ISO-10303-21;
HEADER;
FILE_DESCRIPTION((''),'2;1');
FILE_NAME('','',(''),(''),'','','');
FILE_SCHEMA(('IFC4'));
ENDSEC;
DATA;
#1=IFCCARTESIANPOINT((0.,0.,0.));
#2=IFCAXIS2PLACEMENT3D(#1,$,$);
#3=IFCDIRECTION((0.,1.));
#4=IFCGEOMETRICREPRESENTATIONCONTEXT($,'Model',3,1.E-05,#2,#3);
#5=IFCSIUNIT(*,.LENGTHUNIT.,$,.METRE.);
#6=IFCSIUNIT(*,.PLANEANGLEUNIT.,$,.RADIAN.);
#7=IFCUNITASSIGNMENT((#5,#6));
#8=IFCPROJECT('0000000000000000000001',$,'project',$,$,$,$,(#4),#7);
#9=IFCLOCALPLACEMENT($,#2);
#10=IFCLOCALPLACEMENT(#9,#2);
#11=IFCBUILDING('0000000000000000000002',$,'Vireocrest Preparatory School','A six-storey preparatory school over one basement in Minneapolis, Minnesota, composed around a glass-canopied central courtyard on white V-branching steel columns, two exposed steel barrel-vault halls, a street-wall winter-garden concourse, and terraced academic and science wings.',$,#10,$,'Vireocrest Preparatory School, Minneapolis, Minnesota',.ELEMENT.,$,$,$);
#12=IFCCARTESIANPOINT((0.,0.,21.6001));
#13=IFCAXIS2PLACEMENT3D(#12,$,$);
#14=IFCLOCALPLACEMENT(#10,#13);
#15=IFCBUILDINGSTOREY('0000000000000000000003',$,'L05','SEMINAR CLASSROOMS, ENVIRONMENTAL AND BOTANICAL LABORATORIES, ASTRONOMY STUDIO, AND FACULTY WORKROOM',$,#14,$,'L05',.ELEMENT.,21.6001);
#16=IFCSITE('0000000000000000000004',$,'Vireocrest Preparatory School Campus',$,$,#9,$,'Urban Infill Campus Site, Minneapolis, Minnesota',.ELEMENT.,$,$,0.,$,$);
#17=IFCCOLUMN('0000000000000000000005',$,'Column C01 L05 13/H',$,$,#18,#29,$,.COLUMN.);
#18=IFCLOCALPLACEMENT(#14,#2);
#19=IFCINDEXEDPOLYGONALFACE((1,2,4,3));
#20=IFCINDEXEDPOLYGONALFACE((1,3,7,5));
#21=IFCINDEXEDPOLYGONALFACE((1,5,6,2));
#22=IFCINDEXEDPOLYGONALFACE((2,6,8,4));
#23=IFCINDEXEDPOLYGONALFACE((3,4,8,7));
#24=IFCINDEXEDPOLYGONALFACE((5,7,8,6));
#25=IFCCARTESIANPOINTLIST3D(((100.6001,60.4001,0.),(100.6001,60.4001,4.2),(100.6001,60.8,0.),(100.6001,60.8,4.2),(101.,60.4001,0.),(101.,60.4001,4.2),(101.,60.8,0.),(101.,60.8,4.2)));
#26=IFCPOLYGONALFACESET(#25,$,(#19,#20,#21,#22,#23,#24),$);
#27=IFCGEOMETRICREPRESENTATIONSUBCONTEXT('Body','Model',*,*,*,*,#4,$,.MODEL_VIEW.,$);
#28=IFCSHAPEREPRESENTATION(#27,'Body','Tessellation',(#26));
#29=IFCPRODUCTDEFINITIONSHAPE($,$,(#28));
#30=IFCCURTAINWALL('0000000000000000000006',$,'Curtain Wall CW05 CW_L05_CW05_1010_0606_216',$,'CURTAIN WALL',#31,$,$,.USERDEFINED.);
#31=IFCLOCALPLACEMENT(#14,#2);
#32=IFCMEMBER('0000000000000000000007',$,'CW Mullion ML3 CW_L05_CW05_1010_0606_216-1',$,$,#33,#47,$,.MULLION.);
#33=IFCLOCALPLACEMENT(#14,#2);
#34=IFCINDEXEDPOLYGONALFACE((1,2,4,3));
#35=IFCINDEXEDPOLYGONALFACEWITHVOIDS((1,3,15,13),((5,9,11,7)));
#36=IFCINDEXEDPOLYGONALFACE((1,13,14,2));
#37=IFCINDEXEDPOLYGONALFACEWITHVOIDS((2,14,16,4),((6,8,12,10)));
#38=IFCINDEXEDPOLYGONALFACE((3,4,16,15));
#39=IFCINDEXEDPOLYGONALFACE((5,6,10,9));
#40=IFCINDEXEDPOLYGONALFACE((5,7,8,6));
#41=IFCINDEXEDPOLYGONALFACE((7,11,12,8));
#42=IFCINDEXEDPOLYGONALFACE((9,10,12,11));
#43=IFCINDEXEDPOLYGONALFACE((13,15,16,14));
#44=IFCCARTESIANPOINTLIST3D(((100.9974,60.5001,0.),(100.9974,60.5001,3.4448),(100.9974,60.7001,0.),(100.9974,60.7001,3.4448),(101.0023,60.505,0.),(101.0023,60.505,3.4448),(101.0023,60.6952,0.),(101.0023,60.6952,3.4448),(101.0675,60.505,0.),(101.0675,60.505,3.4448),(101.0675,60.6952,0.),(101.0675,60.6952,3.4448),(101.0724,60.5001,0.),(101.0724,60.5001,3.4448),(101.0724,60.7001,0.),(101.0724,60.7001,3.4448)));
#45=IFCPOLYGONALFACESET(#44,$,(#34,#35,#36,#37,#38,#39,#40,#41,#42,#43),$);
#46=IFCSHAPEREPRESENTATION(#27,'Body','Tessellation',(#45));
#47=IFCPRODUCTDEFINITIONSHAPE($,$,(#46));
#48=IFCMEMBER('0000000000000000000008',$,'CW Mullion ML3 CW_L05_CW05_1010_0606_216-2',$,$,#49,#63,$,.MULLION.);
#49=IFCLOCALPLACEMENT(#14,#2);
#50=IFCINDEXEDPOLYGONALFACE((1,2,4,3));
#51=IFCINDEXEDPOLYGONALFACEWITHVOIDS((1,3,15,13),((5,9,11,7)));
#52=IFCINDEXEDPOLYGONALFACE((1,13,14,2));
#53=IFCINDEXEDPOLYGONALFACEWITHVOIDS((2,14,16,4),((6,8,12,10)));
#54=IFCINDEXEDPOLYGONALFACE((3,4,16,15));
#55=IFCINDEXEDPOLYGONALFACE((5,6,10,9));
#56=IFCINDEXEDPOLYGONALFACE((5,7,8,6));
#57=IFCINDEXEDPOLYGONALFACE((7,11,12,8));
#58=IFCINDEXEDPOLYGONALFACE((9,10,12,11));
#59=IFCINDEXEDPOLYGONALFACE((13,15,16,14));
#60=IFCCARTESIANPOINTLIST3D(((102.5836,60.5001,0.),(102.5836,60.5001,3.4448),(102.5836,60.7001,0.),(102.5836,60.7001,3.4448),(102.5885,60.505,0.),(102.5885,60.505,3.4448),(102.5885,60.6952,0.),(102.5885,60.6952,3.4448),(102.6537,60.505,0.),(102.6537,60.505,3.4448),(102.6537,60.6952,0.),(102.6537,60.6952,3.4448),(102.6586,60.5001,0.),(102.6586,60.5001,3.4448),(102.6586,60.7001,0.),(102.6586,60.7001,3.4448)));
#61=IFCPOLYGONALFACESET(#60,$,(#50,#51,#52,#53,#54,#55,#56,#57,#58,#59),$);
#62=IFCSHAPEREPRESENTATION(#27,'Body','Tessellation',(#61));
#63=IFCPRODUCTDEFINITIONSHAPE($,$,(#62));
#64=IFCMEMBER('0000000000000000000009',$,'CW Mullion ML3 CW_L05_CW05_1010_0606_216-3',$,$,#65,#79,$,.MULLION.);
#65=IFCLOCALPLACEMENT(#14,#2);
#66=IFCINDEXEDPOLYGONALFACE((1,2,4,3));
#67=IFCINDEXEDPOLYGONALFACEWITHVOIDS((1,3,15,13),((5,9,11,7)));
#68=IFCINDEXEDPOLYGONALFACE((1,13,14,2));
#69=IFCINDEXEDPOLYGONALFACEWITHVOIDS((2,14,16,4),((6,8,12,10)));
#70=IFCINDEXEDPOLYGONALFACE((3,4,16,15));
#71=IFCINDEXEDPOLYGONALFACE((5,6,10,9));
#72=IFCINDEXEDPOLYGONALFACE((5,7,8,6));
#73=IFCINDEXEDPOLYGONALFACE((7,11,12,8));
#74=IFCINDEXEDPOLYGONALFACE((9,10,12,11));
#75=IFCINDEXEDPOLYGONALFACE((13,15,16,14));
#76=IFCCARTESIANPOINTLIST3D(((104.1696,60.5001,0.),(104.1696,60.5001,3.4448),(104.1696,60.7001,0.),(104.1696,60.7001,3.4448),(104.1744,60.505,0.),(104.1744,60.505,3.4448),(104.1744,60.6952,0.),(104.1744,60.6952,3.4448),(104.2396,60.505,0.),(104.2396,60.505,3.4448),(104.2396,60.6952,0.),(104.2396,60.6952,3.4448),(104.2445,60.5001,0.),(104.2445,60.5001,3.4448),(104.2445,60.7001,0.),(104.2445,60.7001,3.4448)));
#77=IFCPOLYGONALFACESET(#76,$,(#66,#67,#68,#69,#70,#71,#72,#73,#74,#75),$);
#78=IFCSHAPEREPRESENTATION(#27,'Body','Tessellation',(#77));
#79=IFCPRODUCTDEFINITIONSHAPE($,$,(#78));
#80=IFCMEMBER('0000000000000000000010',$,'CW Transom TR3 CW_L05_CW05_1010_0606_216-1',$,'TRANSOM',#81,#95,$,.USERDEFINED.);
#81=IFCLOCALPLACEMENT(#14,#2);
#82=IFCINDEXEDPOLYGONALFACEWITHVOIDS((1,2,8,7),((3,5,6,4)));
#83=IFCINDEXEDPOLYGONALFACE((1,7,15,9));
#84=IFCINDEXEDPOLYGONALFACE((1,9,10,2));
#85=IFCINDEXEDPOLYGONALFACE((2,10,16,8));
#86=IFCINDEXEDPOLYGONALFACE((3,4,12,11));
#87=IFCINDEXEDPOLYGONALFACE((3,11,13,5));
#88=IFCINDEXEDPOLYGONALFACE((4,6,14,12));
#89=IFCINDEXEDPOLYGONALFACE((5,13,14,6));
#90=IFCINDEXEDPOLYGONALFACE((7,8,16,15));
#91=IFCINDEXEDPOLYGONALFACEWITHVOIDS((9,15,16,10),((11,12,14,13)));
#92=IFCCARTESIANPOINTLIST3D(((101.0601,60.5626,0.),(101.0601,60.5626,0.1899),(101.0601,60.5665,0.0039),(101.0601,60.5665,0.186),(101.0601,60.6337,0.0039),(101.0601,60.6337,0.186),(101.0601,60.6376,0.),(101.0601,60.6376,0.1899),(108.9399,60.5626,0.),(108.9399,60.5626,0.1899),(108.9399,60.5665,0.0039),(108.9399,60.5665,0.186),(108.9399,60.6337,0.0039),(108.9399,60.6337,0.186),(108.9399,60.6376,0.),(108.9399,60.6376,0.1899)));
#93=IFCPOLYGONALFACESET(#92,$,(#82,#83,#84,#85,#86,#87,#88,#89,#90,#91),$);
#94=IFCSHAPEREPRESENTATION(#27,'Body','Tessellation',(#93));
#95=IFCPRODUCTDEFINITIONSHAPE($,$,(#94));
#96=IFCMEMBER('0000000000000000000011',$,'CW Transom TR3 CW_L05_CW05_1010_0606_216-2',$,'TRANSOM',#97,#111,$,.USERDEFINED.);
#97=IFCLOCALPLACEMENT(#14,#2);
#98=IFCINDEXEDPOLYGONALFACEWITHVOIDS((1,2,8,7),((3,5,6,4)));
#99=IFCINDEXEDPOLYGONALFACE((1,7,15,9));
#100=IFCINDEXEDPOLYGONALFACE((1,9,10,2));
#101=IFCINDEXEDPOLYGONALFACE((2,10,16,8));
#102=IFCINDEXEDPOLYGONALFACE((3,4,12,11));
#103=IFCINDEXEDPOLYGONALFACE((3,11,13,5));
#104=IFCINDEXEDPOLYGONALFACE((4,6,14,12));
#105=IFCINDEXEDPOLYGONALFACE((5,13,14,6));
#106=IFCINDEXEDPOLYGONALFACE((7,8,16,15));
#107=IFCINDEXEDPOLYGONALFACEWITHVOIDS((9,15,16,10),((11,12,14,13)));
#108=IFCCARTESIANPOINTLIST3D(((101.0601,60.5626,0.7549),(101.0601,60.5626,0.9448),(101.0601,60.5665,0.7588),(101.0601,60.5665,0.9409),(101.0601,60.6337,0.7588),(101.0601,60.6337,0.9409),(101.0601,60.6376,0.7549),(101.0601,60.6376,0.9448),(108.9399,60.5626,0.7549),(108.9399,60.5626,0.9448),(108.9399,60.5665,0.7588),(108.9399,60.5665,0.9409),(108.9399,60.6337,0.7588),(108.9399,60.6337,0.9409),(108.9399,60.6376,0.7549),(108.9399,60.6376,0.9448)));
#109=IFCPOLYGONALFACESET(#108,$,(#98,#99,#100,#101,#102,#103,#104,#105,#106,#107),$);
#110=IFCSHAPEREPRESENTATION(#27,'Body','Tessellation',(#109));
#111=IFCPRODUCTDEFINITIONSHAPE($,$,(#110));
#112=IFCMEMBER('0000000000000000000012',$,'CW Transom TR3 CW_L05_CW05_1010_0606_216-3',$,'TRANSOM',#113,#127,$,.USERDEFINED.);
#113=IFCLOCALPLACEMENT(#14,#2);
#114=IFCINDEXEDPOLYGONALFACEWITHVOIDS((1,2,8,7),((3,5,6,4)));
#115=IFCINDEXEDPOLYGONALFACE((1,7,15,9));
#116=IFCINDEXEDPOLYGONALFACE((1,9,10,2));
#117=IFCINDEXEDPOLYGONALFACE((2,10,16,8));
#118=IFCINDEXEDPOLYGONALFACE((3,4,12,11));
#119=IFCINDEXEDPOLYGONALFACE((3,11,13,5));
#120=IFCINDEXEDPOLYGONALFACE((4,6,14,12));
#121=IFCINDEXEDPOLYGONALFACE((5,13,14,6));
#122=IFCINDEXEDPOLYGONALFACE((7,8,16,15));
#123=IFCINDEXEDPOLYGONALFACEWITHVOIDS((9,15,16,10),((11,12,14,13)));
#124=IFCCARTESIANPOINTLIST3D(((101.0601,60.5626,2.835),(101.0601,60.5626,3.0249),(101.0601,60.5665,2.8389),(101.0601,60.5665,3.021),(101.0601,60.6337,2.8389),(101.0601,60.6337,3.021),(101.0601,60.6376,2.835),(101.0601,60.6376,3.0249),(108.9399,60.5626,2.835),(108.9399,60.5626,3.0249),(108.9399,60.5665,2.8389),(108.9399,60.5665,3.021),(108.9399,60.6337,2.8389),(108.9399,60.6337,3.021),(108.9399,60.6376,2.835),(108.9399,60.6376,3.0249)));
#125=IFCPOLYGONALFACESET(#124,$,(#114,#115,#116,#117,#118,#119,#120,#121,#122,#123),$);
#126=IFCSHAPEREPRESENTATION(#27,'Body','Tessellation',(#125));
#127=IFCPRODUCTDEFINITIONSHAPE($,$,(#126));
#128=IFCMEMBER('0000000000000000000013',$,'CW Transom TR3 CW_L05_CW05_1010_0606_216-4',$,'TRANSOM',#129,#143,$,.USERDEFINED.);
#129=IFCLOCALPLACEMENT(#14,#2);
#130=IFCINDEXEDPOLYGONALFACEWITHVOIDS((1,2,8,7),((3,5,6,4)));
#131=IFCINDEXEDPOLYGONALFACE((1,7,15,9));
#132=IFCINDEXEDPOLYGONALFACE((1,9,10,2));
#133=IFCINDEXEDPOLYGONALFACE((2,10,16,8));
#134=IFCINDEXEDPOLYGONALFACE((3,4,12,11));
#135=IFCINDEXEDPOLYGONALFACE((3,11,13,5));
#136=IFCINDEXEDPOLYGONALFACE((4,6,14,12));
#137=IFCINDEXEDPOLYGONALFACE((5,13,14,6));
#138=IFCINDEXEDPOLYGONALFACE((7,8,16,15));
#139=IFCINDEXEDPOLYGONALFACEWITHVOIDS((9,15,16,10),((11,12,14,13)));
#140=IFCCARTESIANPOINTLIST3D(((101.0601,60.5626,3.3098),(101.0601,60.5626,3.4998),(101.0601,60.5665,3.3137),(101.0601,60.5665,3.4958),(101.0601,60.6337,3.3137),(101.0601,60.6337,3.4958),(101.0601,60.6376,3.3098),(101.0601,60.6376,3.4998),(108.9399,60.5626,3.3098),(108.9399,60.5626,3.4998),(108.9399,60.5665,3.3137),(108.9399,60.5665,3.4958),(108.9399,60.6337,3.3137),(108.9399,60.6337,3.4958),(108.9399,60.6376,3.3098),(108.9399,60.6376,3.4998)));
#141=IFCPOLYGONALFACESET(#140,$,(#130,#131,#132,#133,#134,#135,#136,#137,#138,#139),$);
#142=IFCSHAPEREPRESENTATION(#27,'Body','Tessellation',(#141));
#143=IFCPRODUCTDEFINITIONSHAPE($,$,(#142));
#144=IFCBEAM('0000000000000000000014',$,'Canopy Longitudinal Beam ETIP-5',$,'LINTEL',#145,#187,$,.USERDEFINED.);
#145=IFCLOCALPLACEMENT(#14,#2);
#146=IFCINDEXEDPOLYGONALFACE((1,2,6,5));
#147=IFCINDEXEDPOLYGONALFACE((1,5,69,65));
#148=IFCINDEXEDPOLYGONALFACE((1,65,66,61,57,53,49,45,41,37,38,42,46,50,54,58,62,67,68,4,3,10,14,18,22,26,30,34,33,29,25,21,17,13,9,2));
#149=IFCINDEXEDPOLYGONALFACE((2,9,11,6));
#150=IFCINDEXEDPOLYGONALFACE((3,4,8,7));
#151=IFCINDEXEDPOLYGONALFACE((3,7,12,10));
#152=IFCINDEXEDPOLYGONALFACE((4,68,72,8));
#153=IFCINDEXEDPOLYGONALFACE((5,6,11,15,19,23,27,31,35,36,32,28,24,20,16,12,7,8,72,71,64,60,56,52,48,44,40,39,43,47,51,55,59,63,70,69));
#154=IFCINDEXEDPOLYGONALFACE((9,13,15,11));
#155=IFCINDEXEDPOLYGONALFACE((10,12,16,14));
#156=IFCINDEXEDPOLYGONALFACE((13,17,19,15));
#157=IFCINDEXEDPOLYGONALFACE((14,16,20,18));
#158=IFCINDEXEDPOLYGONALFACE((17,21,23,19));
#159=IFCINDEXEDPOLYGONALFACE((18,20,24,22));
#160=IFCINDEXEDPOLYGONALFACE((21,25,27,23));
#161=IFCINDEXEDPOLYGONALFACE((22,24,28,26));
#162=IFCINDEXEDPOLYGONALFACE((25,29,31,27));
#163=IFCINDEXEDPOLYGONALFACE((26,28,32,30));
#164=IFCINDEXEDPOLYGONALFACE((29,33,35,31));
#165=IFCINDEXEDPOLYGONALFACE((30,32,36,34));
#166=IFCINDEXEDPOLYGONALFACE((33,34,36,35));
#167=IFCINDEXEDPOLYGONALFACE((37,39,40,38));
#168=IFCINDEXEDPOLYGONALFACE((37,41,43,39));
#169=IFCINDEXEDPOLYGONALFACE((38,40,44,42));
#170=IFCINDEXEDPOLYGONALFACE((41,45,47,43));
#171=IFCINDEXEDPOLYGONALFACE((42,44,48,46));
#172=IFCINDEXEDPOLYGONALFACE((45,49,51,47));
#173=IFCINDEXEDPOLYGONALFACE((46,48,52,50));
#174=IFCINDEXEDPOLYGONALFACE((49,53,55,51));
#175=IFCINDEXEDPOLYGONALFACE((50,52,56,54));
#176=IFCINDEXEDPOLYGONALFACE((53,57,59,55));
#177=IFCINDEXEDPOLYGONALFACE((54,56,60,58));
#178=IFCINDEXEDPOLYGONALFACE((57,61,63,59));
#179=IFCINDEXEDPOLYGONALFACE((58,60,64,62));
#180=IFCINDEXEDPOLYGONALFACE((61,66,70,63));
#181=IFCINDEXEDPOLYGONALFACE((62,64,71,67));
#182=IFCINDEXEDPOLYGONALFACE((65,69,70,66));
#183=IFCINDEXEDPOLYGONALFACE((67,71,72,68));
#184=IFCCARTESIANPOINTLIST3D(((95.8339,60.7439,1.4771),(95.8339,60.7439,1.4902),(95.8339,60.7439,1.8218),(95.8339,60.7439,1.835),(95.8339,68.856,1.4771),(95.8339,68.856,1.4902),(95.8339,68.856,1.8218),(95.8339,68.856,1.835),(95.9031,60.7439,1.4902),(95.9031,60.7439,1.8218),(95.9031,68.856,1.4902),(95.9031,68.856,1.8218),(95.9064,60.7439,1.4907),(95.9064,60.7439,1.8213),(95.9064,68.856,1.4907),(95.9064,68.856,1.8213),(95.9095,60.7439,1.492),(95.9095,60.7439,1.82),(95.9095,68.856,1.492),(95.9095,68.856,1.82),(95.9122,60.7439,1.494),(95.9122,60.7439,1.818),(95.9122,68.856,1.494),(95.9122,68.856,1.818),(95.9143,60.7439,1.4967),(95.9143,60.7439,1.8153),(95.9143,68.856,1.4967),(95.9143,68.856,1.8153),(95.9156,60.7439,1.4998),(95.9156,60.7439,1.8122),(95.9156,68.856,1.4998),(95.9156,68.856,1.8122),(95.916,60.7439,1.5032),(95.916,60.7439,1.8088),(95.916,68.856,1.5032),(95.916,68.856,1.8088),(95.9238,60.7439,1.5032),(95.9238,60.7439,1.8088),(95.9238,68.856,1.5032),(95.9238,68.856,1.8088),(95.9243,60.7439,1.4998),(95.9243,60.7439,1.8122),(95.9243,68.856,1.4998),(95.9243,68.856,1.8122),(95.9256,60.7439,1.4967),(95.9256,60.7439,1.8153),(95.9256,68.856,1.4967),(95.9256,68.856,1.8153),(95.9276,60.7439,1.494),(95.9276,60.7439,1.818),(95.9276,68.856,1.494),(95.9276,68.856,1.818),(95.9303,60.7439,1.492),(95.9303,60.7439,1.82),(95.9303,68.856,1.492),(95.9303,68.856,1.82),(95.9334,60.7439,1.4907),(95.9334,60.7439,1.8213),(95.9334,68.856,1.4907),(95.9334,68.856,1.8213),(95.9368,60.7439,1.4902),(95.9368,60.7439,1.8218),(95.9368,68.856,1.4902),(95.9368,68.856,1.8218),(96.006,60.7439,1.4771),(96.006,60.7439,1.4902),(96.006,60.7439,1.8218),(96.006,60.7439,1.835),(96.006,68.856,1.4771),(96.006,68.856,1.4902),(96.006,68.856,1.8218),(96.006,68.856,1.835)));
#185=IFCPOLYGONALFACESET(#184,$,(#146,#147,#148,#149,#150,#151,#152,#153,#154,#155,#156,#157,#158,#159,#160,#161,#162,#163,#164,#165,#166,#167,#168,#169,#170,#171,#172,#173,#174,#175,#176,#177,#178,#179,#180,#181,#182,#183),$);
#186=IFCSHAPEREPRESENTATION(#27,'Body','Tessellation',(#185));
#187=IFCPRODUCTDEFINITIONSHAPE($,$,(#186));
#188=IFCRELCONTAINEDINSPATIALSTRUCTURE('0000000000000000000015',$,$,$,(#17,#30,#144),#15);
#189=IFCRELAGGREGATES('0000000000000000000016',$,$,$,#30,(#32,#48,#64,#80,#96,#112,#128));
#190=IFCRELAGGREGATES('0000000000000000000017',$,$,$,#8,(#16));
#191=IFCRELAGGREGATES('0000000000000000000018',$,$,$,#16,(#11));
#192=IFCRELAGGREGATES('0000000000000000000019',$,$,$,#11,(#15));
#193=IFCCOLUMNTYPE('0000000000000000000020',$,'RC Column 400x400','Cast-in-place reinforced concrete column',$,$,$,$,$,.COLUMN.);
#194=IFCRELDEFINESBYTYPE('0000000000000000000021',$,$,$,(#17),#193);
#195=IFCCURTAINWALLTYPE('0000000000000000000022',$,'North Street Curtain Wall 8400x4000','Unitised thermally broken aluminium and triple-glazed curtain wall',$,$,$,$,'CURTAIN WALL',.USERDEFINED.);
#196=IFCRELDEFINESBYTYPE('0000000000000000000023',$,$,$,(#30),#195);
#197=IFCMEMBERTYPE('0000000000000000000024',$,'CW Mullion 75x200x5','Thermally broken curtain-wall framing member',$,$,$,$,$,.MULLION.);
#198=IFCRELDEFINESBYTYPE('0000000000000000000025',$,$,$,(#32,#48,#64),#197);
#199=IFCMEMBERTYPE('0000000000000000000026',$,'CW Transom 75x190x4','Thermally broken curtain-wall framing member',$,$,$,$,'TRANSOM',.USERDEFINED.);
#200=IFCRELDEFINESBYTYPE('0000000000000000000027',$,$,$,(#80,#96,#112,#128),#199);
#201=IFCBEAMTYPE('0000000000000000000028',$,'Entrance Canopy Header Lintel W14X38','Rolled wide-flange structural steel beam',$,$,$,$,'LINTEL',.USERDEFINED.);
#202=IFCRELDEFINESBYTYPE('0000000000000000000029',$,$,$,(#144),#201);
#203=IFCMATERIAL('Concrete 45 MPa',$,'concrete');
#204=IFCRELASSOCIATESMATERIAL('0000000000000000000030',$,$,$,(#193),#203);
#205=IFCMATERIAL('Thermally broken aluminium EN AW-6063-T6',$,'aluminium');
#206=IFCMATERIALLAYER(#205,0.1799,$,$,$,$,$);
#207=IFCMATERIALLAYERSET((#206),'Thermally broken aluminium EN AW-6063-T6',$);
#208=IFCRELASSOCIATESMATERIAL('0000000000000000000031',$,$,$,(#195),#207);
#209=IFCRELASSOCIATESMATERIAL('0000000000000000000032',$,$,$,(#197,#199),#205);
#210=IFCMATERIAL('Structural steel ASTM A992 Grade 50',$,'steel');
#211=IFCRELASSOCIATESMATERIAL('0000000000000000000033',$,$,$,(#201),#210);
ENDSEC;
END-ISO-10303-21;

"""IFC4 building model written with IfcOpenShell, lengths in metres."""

from ifc_helpers import new_model, si_unit, direction, frame, origin, origin_2d, place, context, subcontext, project, spatial, rectangle, hollow_rectangle, i_section, extrude, material, layer, layer_set, material_profile, profile_set, type_object, element, aggregate, save


model = new_model("IFC4")

# Units and contexts
model_context = context("Model", 3, precision=1e-05, world=origin(), true_north=direction((0.0, 1.0)))
body_context = subcontext(model_context, "Body", "Model", "MODEL_VIEW")
ifc_project = project(units=[si_unit("LENGTHUNIT", "METRE"), si_unit("PLANEANGLEUNIT", "RADIAN")], contexts=[model_context])

# Site, building, storey
site_placement = place(None, origin())
site = spatial("IfcSite", under=ifc_project, at=site_placement, Name="Vireocrest Preparatory School Campus", LongName="Urban Infill Campus Site, Minneapolis, Minnesota", CompositionType="ELEMENT", RefElevation=0.0)
building_placement = place(site_placement, origin())
building = spatial("IfcBuilding", under=site, at=building_placement, Name="Vireocrest Preparatory School", Description="A six-storey preparatory school over one basement in Minneapolis, Minnesota, composed around a glass-canopied central courtyard on white V-branching steel columns, two exposed steel barrel-vault halls, a street-wall winter-garden concourse, and terraced academic and science wings.", LongName="Vireocrest Preparatory School, Minneapolis, Minnesota", CompositionType="ELEMENT")
storey_placement = place(building_placement, frame((0.0, 0.0, 21.6001)))
storey = spatial("IfcBuildingStorey", under=building, at=storey_placement, Name="L05", Description="SEMINAR CLASSROOMS, ENVIRONMENTAL AND BOTANICAL LABORATORIES, ASTRONOMY STUDIO, AND FACULTY WORKROOM", LongName="L05", CompositionType="ELEMENT", Elevation=21.6001)

# Column
ifc_material_1 = material(Name="Concrete 45 MPa", Category="concrete")
ifc_material_profile_1 = material_profile(ifc_material_1, rectangle(XDim=0.3999, YDim=0.3999, at=origin_2d()), Name="RC 400x400")
ifc_profile_set_1 = profile_set([ifc_material_profile_1], Name="Concrete 45 MPa")
column_type = type_object("IfcColumnType", Name="RC Column 400x400", Description="Cast-in-place reinforced concrete column", PredefinedType="COLUMN", material=ifc_profile_set_1)
column_placement = place(storey_placement, frame((100.8, 60.6001, 0.0), z_axis=(0.0, 0.0, 1.0), x_axis=(1.0, 0.0, 0.0)))
element("IfcColumn", 1, at=column_placement, inside=storey, type_object=column_type, Name="Column C01 L05 13/H", PredefinedType="COLUMN", context=body_context, shape_type="SweptSolid", body=[
    extrude(rectangle(XDim=0.3999, YDim=0.3999, at=origin_2d()), origin(), (0.0, 0.0, 1.0), 4.2),
])

# Curtain wall, members
ifc_material_2 = material(Name="Thermally broken aluminium EN AW-6063-T6", Category="aluminium")
ifc_layer_1 = layer(ifc_material_2, 0.1799)
ifc_layer_set_1 = layer_set([ifc_layer_1], Name="Thermally broken aluminium EN AW-6063-T6")
curtain_wall_type = type_object("IfcCurtainWallType", Name="North Street Curtain Wall 8400x4000", Description="Unitised thermally broken aluminium and triple-glazed curtain wall", ElementType="CURTAIN WALL", PredefinedType="USERDEFINED", material=ifc_layer_set_1)
curtain_wall_placement = place(storey_placement, origin())
curtain_wall = element("IfcCurtainWall", 2, at=curtain_wall_placement, inside=storey, type_object=curtain_wall_type, Name="Curtain Wall CW05 CW_L05_CW05_1010_0606_216", ObjectType="CURTAIN WALL", PredefinedType="USERDEFINED")
ifc_material_profile_2 = material_profile(ifc_material_2, hollow_rectangle(XDim=0.075, YDim=0.2, WallThickness=0.0049, at=origin_2d()), Name="ALU 75x200x5")
ifc_profile_set_2 = profile_set([ifc_material_profile_2], Name="Thermally broken aluminium EN AW-6063-T6")
member_type_1 = type_object("IfcMemberType", Name="CW Mullion 75x200x5", Description="Thermally broken curtain-wall framing member", PredefinedType="MULLION", material=ifc_profile_set_2)
member_1_placement = place(storey_placement, frame((101.0349, 60.6001, 0.0), z_axis=(0.0, 0.0, 1.0), x_axis=(1.0, 0.0, 0.0)))
member_1 = element("IfcMember", 3, at=member_1_placement, type_object=member_type_1, Name="CW Mullion ML3 CW_L05_CW05_1010_0606_216-1", PredefinedType="MULLION", context=body_context, shape_type="SweptSolid", body=[
    extrude(hollow_rectangle(XDim=0.075, YDim=0.2, WallThickness=0.0049, at=origin_2d()), origin(), (0.0, 0.0, 1.0), 3.4448),
])
member_2_placement = place(storey_placement, frame((102.6211, 60.6001, 0.0), z_axis=(0.0, 0.0, 1.0), x_axis=(1.0, 0.0, 0.0)))
member_2 = element("IfcMember", 4, at=member_2_placement, type_object=member_type_1, Name="CW Mullion ML3 CW_L05_CW05_1010_0606_216-2", PredefinedType="MULLION", context=body_context, shape_type="SweptSolid", body=[
    extrude(hollow_rectangle(XDim=0.075, YDim=0.2, WallThickness=0.0049, at=origin_2d()), origin(), (0.0, 0.0, 1.0), 3.4448),
])
member_3_placement = place(storey_placement, frame((104.207, 60.6001, 0.0), z_axis=(0.0, 0.0, 1.0), x_axis=(1.0, 0.0, 0.0)))
member_3 = element("IfcMember", 5, at=member_3_placement, type_object=member_type_1, Name="CW Mullion ML3 CW_L05_CW05_1010_0606_216-3", PredefinedType="MULLION", context=body_context, shape_type="SweptSolid", body=[
    extrude(hollow_rectangle(XDim=0.075, YDim=0.2, WallThickness=0.0049, at=origin_2d()), origin(), (0.0, 0.0, 1.0), 3.4448),
])
ifc_material_profile_3 = material_profile(ifc_material_2, hollow_rectangle(XDim=0.075, YDim=0.1899, WallThickness=0.0039, at=origin_2d()), Name="ALU 75x190x4")
ifc_profile_set_3 = profile_set([ifc_material_profile_3], Name="Thermally broken aluminium EN AW-6063-T6")
member_type_2 = type_object("IfcMemberType", Name="CW Transom 75x190x4", Description="Thermally broken curtain-wall framing member", ElementType="TRANSOM", PredefinedType="USERDEFINED", material=ifc_profile_set_3)
member_4_placement = place(storey_placement, frame((101.0601, 60.6001, 0.095), z_axis=(1.0, 0.0, 0.0), x_axis=(0.0, 1.0, 0.0)))
member_4 = element("IfcMember", 6, at=member_4_placement, type_object=member_type_2, Name="CW Transom TR3 CW_L05_CW05_1010_0606_216-1", ObjectType="TRANSOM", PredefinedType="USERDEFINED", context=body_context, shape_type="SweptSolid", body=[
    extrude(hollow_rectangle(XDim=0.075, YDim=0.1899, WallThickness=0.0039, at=origin_2d()), origin(), (0.0, 0.0, 1.0), 7.8799),
])
member_5_placement = place(storey_placement, frame((101.0601, 60.6001, 0.8499), z_axis=(1.0, 0.0, 0.0), x_axis=(0.0, 1.0, 0.0)))
member_5 = element("IfcMember", 7, at=member_5_placement, type_object=member_type_2, Name="CW Transom TR3 CW_L05_CW05_1010_0606_216-2", ObjectType="TRANSOM", PredefinedType="USERDEFINED", context=body_context, shape_type="SweptSolid", body=[
    extrude(hollow_rectangle(XDim=0.075, YDim=0.1899, WallThickness=0.0039, at=origin_2d()), origin(), (0.0, 0.0, 1.0), 7.8799),
])
member_6_placement = place(storey_placement, frame((101.0601, 60.6001, 2.9299), z_axis=(1.0, 0.0, 0.0), x_axis=(0.0, 1.0, 0.0)))
member_6 = element("IfcMember", 8, at=member_6_placement, type_object=member_type_2, Name="CW Transom TR3 CW_L05_CW05_1010_0606_216-3", ObjectType="TRANSOM", PredefinedType="USERDEFINED", context=body_context, shape_type="SweptSolid", body=[
    extrude(hollow_rectangle(XDim=0.075, YDim=0.1899, WallThickness=0.0039, at=origin_2d()), origin(), (0.0, 0.0, 1.0), 7.8799),
])
member_7_placement = place(storey_placement, frame((101.0601, 60.6001, 3.4048), z_axis=(1.0, 0.0, 0.0), x_axis=(0.0, 1.0, 0.0)))
member_7 = element("IfcMember", 9, at=member_7_placement, type_object=member_type_2, Name="CW Transom TR3 CW_L05_CW05_1010_0606_216-4", ObjectType="TRANSOM", PredefinedType="USERDEFINED", context=body_context, shape_type="SweptSolid", body=[
    extrude(hollow_rectangle(XDim=0.075, YDim=0.1899, WallThickness=0.0039, at=origin_2d()), origin(), (0.0, 0.0, 1.0), 7.8799),
])

# Beam
ifc_material_3 = material(Name="Structural steel ASTM A992 Grade 50", Category="steel")
ifc_material_profile_4 = material_profile(ifc_material_3, i_section(OverallWidth=0.1721, OverallDepth=0.3579, WebThickness=0.0078, FlangeThickness=0.0132, FilletRadius=0.0129, at=origin_2d()), Name="W14X38")
ifc_profile_set_4 = profile_set([ifc_material_profile_4], Name="Structural steel ASTM A992 Grade 50")
beam_type_1 = type_object("IfcBeamType", Name="Entrance Canopy Header Lintel W14X38", Description="Rolled wide-flange structural steel beam", ElementType="LINTEL", PredefinedType="USERDEFINED", material=ifc_profile_set_4)
beam_1_placement = place(storey_placement, frame((95.9199, 60.7439, 1.656), z_axis=(0.0, 1.0, 0.0), x_axis=(-1.0, 0.0, 0.0)))
element("IfcBeam", 10, at=beam_1_placement, inside=storey, type_object=beam_type_1, Name="Canopy Longitudinal Beam ETIP-5", ObjectType="LINTEL", PredefinedType="USERDEFINED", context=body_context, shape_type="SweptSolid", body=[
    extrude(i_section(OverallWidth=0.1721, OverallDepth=0.3579, WebThickness=0.0078, FlangeThickness=0.0132, FilletRadius=0.0129, at=origin_2d()), origin(), (0.0, 0.0, 1.0), 8.1121),
])

aggregate(curtain_wall, [member_1, member_2, member_3, member_4, member_5, member_6, member_7])

save(model, "model.ifc")
